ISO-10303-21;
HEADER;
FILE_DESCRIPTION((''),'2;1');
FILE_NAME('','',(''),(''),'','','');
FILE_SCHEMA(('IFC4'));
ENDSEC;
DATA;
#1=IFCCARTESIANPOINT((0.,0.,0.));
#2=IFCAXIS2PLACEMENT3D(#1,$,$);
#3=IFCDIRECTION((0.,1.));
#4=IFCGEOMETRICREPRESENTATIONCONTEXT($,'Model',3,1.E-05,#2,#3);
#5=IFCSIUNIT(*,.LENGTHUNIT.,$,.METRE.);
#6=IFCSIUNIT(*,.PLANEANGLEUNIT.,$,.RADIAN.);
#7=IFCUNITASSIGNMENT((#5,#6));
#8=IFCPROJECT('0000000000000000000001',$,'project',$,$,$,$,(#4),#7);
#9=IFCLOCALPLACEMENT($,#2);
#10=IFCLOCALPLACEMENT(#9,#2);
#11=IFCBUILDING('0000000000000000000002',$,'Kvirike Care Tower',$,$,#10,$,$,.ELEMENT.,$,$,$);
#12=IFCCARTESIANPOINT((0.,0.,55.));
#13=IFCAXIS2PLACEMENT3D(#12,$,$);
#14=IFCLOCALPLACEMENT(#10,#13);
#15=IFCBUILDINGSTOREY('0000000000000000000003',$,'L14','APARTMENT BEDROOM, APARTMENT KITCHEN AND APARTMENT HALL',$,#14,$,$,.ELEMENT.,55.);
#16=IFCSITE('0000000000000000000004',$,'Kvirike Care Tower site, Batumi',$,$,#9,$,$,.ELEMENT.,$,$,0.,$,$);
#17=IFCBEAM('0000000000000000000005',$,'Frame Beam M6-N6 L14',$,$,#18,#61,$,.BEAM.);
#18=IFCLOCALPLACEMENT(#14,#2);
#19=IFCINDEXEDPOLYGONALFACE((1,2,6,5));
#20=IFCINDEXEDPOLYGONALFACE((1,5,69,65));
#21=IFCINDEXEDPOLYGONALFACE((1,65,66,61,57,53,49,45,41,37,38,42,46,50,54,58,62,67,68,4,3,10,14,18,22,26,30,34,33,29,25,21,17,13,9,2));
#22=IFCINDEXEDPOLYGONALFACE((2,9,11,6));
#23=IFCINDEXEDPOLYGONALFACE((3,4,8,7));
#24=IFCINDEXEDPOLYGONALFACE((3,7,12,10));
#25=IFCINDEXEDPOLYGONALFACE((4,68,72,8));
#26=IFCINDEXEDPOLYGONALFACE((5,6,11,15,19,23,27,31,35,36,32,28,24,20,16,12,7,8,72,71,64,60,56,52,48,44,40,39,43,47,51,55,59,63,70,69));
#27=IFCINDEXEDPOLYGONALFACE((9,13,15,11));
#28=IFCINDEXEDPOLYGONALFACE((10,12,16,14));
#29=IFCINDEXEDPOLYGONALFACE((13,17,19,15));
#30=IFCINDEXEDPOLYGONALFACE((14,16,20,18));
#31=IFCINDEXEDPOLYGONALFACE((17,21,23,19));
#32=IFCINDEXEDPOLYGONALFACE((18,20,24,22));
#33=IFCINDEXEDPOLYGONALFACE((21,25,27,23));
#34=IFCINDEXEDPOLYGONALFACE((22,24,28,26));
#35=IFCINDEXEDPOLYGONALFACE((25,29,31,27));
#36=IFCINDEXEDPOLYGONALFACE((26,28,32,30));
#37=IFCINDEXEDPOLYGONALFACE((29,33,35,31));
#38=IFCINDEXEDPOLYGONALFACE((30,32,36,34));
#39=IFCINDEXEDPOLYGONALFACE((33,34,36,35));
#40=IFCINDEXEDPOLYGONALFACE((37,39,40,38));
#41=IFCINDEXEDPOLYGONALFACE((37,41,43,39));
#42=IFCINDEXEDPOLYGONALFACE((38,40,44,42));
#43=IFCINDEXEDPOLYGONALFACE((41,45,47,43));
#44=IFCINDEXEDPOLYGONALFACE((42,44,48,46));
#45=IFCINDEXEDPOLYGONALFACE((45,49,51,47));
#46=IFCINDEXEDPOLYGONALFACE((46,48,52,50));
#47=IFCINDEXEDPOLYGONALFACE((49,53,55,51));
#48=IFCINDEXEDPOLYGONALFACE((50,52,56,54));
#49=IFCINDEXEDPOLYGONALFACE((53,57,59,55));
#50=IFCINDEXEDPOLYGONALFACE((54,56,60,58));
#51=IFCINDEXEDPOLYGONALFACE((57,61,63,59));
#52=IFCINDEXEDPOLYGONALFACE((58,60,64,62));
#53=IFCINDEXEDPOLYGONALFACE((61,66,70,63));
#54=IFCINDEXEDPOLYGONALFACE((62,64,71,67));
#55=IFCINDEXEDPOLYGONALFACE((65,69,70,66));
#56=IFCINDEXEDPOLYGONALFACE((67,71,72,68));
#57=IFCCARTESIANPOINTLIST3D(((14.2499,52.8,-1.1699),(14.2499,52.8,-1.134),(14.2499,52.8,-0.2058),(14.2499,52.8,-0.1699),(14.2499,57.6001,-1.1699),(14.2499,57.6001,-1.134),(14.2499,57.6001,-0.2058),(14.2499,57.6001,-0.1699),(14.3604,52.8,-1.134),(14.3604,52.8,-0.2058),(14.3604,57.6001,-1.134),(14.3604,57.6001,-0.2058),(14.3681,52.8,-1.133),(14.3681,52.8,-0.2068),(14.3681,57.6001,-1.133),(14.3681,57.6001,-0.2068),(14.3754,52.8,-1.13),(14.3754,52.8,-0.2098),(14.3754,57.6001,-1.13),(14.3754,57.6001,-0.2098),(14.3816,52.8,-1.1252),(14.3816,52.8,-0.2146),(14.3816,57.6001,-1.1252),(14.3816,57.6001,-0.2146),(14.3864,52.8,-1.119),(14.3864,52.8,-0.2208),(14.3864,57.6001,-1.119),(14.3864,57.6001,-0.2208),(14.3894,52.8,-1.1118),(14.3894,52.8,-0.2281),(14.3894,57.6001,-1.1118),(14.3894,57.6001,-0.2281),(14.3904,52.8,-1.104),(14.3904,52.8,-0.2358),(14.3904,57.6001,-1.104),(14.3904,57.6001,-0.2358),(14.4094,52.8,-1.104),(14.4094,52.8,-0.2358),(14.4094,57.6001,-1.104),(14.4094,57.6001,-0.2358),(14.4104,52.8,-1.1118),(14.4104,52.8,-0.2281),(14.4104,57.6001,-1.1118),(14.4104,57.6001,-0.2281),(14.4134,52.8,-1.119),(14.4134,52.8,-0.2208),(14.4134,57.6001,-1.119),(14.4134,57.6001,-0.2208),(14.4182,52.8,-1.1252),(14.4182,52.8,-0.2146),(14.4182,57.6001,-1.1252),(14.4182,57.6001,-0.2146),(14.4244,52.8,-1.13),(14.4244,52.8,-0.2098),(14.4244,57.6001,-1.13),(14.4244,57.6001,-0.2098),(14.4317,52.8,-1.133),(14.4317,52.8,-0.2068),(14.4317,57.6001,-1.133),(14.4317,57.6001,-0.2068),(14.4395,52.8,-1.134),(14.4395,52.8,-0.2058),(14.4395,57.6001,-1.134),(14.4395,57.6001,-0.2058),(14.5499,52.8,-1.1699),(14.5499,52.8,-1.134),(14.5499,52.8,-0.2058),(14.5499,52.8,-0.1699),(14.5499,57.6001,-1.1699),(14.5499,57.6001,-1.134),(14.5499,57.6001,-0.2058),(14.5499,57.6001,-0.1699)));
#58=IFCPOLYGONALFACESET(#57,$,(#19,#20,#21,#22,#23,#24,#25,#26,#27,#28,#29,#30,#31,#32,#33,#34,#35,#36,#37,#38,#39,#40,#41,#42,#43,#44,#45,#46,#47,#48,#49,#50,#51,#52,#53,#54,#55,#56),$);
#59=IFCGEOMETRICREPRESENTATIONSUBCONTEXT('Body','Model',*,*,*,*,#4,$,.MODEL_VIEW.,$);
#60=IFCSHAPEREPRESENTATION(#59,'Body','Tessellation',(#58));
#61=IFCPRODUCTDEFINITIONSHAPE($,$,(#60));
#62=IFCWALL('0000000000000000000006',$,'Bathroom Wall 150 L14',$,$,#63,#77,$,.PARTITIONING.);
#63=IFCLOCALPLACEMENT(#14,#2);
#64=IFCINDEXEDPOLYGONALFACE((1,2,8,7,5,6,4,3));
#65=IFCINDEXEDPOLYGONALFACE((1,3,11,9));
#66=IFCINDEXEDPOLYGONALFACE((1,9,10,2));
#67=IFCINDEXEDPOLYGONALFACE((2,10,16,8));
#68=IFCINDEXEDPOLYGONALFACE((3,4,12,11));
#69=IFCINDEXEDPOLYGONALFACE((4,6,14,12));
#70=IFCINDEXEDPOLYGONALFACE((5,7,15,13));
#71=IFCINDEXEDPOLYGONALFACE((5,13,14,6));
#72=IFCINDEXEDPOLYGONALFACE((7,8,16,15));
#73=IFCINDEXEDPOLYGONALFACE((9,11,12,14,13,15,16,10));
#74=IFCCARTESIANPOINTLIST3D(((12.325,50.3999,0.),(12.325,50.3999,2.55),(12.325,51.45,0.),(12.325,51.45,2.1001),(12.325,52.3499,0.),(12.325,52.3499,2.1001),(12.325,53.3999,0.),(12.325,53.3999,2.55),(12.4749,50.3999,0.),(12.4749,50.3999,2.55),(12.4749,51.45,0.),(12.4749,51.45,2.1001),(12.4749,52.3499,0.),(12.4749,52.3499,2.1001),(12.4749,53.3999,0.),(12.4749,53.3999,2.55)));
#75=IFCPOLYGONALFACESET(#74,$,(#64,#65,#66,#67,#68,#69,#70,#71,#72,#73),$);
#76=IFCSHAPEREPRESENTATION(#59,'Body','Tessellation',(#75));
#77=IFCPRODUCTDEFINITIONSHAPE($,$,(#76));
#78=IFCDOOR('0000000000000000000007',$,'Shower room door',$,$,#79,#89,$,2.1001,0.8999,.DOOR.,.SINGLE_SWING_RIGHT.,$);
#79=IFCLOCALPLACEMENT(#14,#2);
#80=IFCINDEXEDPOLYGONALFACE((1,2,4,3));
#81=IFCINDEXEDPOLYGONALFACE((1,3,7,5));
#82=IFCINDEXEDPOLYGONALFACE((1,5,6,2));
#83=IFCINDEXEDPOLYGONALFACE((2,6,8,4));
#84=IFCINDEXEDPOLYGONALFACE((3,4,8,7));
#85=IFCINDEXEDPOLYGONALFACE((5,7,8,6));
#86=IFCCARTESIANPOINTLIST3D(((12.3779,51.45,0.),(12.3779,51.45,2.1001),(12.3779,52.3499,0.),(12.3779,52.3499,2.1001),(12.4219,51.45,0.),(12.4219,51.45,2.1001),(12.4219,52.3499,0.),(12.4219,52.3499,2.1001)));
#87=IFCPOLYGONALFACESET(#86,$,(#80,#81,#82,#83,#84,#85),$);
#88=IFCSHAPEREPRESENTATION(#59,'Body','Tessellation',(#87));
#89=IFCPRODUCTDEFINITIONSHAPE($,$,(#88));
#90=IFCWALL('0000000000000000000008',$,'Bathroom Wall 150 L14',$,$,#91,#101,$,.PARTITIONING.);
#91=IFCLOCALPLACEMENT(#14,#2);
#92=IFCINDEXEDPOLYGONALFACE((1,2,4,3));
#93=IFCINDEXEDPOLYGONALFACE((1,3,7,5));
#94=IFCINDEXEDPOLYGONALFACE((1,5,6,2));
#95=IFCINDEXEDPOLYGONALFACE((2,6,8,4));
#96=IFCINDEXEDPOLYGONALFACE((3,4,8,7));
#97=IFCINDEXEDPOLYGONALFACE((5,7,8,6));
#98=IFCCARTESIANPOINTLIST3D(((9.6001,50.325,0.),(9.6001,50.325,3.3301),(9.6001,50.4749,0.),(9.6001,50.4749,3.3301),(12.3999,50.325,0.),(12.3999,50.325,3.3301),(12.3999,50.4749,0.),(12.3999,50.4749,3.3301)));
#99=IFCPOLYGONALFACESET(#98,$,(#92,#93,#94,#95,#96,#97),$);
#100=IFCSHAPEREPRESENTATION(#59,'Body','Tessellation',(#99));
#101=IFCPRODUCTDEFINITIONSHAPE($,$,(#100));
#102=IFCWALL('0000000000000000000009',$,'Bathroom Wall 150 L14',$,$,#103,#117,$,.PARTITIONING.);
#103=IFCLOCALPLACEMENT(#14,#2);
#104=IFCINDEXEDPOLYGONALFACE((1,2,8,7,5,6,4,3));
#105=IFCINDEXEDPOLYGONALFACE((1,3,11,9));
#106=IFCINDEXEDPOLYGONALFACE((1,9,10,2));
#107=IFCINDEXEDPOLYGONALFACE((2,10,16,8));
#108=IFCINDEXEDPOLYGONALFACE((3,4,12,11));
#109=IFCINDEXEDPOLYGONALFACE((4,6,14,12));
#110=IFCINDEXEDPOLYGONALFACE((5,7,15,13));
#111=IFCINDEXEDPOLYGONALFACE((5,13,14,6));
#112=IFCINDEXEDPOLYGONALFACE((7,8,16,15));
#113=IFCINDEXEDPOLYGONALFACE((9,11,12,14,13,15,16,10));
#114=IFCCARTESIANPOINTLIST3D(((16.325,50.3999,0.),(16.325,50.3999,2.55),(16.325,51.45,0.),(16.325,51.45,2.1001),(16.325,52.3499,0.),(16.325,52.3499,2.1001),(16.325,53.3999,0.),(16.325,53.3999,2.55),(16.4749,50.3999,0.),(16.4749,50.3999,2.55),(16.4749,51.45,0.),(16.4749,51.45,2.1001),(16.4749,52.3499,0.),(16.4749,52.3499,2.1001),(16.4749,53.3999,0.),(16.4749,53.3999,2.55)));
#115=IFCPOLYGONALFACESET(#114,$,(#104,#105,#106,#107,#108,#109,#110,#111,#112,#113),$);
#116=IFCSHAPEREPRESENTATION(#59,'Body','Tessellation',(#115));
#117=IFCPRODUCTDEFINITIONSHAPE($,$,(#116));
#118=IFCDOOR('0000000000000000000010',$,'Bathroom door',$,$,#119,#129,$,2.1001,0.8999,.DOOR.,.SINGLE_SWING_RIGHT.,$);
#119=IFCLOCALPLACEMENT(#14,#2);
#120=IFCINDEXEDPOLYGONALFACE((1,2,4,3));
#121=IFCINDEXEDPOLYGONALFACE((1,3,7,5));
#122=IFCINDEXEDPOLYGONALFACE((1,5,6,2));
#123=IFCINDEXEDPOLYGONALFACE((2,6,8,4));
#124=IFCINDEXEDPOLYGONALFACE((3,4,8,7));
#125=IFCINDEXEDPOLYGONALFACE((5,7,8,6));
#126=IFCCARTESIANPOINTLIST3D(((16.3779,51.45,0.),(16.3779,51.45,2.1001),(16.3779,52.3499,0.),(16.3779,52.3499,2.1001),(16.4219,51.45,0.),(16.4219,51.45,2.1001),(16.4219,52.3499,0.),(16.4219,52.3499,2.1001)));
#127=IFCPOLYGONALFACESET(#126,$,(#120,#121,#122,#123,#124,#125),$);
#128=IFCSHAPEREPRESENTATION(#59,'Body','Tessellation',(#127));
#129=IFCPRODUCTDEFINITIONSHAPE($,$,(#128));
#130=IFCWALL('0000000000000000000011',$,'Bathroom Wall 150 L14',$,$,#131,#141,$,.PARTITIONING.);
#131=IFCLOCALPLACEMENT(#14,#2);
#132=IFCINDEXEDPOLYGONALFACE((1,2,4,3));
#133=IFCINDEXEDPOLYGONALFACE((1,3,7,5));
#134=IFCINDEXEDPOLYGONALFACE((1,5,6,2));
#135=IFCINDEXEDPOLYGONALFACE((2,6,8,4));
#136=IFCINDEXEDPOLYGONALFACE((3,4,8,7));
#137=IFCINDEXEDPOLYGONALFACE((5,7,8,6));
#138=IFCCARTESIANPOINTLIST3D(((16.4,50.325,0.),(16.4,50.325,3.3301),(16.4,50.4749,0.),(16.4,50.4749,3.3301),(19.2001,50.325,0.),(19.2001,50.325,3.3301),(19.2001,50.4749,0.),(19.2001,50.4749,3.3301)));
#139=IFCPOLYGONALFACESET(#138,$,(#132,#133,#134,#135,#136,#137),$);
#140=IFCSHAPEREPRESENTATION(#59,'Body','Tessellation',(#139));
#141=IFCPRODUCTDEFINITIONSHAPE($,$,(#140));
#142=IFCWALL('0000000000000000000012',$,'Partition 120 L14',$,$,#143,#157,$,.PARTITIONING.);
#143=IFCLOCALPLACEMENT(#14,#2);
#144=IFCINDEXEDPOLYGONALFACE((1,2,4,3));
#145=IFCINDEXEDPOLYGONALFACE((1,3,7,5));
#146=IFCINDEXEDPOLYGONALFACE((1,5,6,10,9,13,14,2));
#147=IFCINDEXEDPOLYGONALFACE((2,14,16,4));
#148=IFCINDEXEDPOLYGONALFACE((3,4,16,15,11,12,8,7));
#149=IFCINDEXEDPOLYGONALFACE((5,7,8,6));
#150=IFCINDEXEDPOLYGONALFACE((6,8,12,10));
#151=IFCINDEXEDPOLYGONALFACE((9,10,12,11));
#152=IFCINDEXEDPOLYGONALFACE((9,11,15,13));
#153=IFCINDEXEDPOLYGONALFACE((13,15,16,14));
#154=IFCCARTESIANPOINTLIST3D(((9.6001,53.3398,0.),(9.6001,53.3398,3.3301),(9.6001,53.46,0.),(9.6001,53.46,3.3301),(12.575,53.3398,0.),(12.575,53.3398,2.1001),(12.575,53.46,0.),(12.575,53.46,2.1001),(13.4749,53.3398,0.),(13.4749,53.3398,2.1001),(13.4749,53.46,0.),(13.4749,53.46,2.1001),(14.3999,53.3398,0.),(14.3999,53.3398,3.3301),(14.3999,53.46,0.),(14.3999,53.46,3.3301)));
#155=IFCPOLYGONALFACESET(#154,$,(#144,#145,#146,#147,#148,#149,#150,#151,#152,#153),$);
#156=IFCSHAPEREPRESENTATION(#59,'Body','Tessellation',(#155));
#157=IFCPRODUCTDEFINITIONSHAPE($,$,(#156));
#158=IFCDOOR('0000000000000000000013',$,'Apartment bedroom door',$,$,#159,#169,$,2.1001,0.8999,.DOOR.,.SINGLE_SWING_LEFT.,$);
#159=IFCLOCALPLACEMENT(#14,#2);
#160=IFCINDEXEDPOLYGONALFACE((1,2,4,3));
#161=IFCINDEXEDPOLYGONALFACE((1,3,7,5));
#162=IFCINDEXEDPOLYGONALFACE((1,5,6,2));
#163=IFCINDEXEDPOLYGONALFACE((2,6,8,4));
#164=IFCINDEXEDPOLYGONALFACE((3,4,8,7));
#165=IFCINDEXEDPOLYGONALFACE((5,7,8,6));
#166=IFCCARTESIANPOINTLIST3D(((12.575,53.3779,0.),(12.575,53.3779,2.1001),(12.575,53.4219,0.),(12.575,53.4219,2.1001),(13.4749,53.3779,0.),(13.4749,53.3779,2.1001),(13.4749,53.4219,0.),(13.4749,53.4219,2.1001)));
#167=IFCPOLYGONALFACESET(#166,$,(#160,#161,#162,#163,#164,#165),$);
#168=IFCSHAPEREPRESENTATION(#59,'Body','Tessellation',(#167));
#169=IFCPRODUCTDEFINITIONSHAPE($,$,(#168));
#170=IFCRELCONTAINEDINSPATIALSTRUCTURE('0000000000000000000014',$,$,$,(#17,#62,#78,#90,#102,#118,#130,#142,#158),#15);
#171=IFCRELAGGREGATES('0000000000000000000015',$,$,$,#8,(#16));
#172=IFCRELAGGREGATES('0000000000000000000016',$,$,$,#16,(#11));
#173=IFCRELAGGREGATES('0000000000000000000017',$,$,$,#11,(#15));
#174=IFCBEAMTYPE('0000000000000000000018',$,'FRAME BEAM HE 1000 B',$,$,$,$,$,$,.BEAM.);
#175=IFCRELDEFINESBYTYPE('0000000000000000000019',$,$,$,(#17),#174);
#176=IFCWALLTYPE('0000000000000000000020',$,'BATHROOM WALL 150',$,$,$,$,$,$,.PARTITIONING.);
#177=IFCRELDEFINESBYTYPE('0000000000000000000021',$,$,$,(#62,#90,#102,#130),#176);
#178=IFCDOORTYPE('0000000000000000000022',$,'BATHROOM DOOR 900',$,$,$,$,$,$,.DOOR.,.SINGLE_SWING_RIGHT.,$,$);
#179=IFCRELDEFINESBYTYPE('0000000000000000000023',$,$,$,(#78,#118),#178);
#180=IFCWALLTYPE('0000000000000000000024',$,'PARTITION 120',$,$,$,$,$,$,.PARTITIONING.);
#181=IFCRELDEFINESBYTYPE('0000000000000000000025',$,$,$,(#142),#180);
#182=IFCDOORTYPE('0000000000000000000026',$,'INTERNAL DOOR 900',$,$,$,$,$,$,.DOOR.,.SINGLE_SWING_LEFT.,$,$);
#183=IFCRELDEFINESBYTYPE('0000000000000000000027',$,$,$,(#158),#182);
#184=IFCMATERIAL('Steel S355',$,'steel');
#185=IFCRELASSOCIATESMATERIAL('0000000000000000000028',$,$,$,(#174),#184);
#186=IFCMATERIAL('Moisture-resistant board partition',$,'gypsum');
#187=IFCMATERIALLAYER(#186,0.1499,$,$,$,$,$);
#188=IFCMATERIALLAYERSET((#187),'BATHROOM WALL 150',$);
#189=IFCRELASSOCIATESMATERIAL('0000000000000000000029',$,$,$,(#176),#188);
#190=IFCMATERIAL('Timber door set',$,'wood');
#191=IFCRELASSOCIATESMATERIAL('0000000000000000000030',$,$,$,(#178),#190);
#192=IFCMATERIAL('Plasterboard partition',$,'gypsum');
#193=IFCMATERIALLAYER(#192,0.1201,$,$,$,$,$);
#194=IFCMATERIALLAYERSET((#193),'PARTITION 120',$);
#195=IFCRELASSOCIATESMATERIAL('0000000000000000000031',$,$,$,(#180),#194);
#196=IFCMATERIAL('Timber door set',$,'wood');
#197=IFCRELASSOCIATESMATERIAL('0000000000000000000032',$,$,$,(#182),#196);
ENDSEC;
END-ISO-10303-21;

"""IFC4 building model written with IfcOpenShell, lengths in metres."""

from ifc_helpers import new_model, si_unit, direction, frame, frame_2d, origin, origin_2d, place, context, subcontext, project, spatial, rectangle, i_section, extrude, material, layer, layer_set, material_profile, profile_set, type_object, element, fill, save


model = new_model("IFC4")

# Units and contexts
model_context = context("Model", 3, precision=1e-05, world=origin(), true_north=direction((0.0, 1.0)))
body_context = subcontext(model_context, "Body", "Model", "MODEL_VIEW")
ifc_project = project(units=[si_unit("LENGTHUNIT", "METRE"), si_unit("PLANEANGLEUNIT", "RADIAN")], contexts=[model_context])

# Site, building, storey
site_placement = place(None, origin())
site = spatial("IfcSite", under=ifc_project, at=site_placement, Name="Kvirike Care Tower site, Batumi", CompositionType="ELEMENT", RefElevation=0.0)
building_placement = place(site_placement, origin())
building = spatial("IfcBuilding", under=site, at=building_placement, Name="Kvirike Care Tower", CompositionType="ELEMENT")
storey_placement = place(building_placement, frame((0.0, 0.0, 55.0)))
storey = spatial("IfcBuildingStorey", under=building, at=storey_placement, Name="L14", Description="APARTMENT BEDROOM, APARTMENT KITCHEN AND APARTMENT HALL", CompositionType="ELEMENT", Elevation=55.0)

# Beam
ifc_material_1 = material(Name="Steel S355", Category="steel")
ifc_material_profile_1 = material_profile(ifc_material_1, i_section(OverallWidth=0.3, OverallDepth=1.0, WebThickness=0.019, FlangeThickness=0.0359, FilletRadius=0.03, at=origin_2d()), Name="HE 1000 B")
ifc_profile_set_1 = profile_set([ifc_material_profile_1], Name="Steel S355")
beam_type_1 = type_object("IfcBeamType", Name="FRAME BEAM HE 1000 B", PredefinedType="BEAM", material=ifc_profile_set_1)
for number, where, z_axis, x_axis, name in (
    (1, (14.3999, 52.8, -0.6699), (0.0, 1.0, 0.0), (-1.0, 0.0, 0.0), "Frame Beam M6-N6 L14"),
):
    element("IfcBeam", number, at=place(storey_placement, frame(where, z_axis=z_axis, x_axis=x_axis)), inside=storey, type_object=beam_type_1, Name=name, PredefinedType="BEAM", context=body_context, shape_type="SweptSolid", body=[
        extrude(i_section(OverallWidth=0.3, OverallDepth=1.0, WebThickness=0.019, FlangeThickness=0.0359, FilletRadius=0.03, at=origin_2d()), origin(), (0.0, 0.0, 1.0), 4.8),
    ])

# Wall, opening, door
ifc_material_2 = material(Name="Moisture-resistant board partition", Category="gypsum")
ifc_layer_1 = layer(ifc_material_2, 0.1499)
ifc_layer_set_1 = layer_set([ifc_layer_1], Name="BATHROOM WALL 150")
wall_type_1 = type_object("IfcWallType", Name="BATHROOM WALL 150", PredefinedType="PARTITIONING", material=ifc_layer_set_1)
wall_1_placement = place(storey_placement, frame((12.3999, 53.3999, 0.0), z_axis=(0.0, 0.0, 1.0), x_axis=(0.0, -1.0, 0.0)))
wall_1 = element("IfcWall", 2, at=wall_1_placement, inside=storey, type_object=wall_type_1, Name="Bathroom Wall 150 L14", PredefinedType="PARTITIONING", context=body_context, shape_type="SweptSolid", body=[
    extrude(rectangle(XDim=3.0, YDim=0.1499, at=frame_2d((1.5, 0.0))), origin(), (0.0, 0.0, 1.0), 2.55),
])
opening_1_placement = place(wall_1_placement, frame((1.05, 0.0, 0.0)))
opening_1 = element("IfcOpeningElement", 3, at=opening_1_placement, cuts=wall_1, PredefinedType="OPENING", context=body_context, shape_type="SweptSolid", body=[
    extrude(rectangle(XDim=0.8999, YDim=2.1001, at=frame_2d((0.45, 1.05))), frame((0.0, 0.0854, 0.0), z_axis=(0.0, -1.0, 0.0), x_axis=(1.0, 0.0, 0.0)), (0.0, 0.0, 1.0), 0.1709),
])
ifc_material_3 = material(Name="Timber door set", Category="wood")
door_type_1 = type_object("IfcDoorType", Name="BATHROOM DOOR 900", OperationType="SINGLE_SWING_RIGHT", PredefinedType="DOOR", material=ifc_material_3)
door_1_placement = place(opening_1_placement, frame((0.8999, 0.0, 0.0), z_axis=(0.0, 0.0, 1.0), x_axis=(-1.0, 0.0, 0.0)))
door_1 = element("IfcDoor", 4, at=door_1_placement, inside=storey, type_object=door_type_1, Name="Shower room door", OperationType="SINGLE_SWING_RIGHT", OverallHeight=2.1001, OverallWidth=0.8999, PredefinedType="DOOR", context=body_context, shape_type="SweptSolid", body=[
    extrude(rectangle(XDim=0.8999, YDim=2.1001, at=frame_2d((0.45, 1.05))), frame((0.0, 0.022, 0.0), z_axis=(0.0, -1.0, 0.0), x_axis=(1.0, 0.0, 0.0)), (0.0, 0.0, 1.0), 0.0439),
])
fill(opening_1, door_1)

# Wall
wall_2_placement = place(storey_placement, frame((12.3999, 50.3999, 0.0), z_axis=(0.0, 0.0, 1.0), x_axis=(-1.0, 0.0, 0.0)))
element("IfcWall", 5, at=wall_2_placement, inside=storey, type_object=wall_type_1, Name="Bathroom Wall 150 L14", PredefinedType="PARTITIONING", context=body_context, shape_type="SweptSolid", body=[
    extrude(rectangle(XDim=2.7998, YDim=0.1499, at=frame_2d((1.3999, 0.0))), origin(), (0.0, 0.0, 1.0), 3.3301),
])

# Wall, opening, door
wall_3_placement = place(storey_placement, frame((16.3999, 53.3999, 0.0), z_axis=(0.0, 0.0, 1.0), x_axis=(0.0, -1.0, 0.0)))
wall_3 = element("IfcWall", 6, at=wall_3_placement, inside=storey, type_object=wall_type_1, Name="Bathroom Wall 150 L14", PredefinedType="PARTITIONING", context=body_context, shape_type="SweptSolid", body=[
    extrude(rectangle(XDim=3.0, YDim=0.1499, at=frame_2d((1.5, 0.0))), origin(), (0.0, 0.0, 1.0), 2.55),
])
opening_2_placement = place(wall_3_placement, frame((1.05, 0.0, 0.0)))
opening_2 = element("IfcOpeningElement", 7, at=opening_2_placement, cuts=wall_3, PredefinedType="OPENING", context=body_context, shape_type="SweptSolid", body=[
    extrude(rectangle(XDim=0.8999, YDim=2.1001, at=frame_2d((0.45, 1.05))), frame((0.0, 0.0854, 0.0), z_axis=(0.0, -1.0, 0.0), x_axis=(1.0, 0.0, 0.0)), (0.0, 0.0, 1.0), 0.1709),
])
door_2_placement = place(opening_2_placement, origin())
door_2 = element("IfcDoor", 8, at=door_2_placement, inside=storey, type_object=door_type_1, Name="Bathroom door", OperationType="SINGLE_SWING_RIGHT", OverallHeight=2.1001, OverallWidth=0.8999, PredefinedType="DOOR", context=body_context, shape_type="SweptSolid", body=[
    extrude(rectangle(XDim=0.8999, YDim=2.1001, at=frame_2d((0.45, 1.05))), frame((0.0, 0.022, 0.0), z_axis=(0.0, -1.0, 0.0), x_axis=(1.0, 0.0, 0.0)), (0.0, 0.0, 1.0), 0.0439),
])
fill(opening_2, door_2)

# Wall
wall_4_placement = place(storey_placement, frame((19.2, 50.3999, 0.0), z_axis=(0.0, 0.0, 1.0), x_axis=(-1.0, 0.0, 0.0)))
element("IfcWall", 9, at=wall_4_placement, inside=storey, type_object=wall_type_1, Name="Bathroom Wall 150 L14", PredefinedType="PARTITIONING", context=body_context, shape_type="SweptSolid", body=[
    extrude(rectangle(XDim=2.8, YDim=0.1499, at=frame_2d((1.3999, 0.0))), origin(), (0.0, 0.0, 1.0), 3.3301),
])

# Wall, opening, door
ifc_material_4 = material(Name="Plasterboard partition", Category="gypsum")
ifc_layer_2 = layer(ifc_material_4, 0.1201)
ifc_layer_set_2 = layer_set([ifc_layer_2], Name="PARTITION 120")
wall_type_2 = type_object("IfcWallType", Name="PARTITION 120", PredefinedType="PARTITIONING", material=ifc_layer_set_2)
wall_5_placement = place(storey_placement, frame((14.3999, 53.3999, 0.0), z_axis=(0.0, 0.0, 1.0), x_axis=(-1.0, 0.0, 0.0)))
wall_5 = element("IfcWall", 10, at=wall_5_placement, inside=storey, type_object=wall_type_2, Name="Partition 120 L14", PredefinedType="PARTITIONING", context=body_context, shape_type="SweptSolid", body=[
    extrude(rectangle(XDim=4.7998, YDim=0.1201, at=frame_2d((2.3999, 0.0))), origin(), (0.0, 0.0, 1.0), 3.3301),
])
opening_3_placement = place(wall_5_placement, frame((0.925, 0.0, 0.0)))
opening_3 = element("IfcOpeningElement", 11, at=opening_3_placement, cuts=wall_5, PredefinedType="OPENING", context=body_context, shape_type="SweptSolid", body=[
    extrude(rectangle(XDim=0.8999, YDim=2.1001, at=frame_2d((0.45, 1.05))), frame((0.0, 0.0706, 0.0), z_axis=(0.0, -1.0, 0.0), x_axis=(1.0, 0.0, 0.0)), (0.0, 0.0, 1.0), 0.1411),
])
ifc_material_5 = material(Name="Timber door set", Category="wood")
door_type_2 = type_object("IfcDoorType", Name="INTERNAL DOOR 900", OperationType="SINGLE_SWING_LEFT", PredefinedType="DOOR", material=ifc_material_5)
door_3_placement = place(opening_3_placement, frame((0.8999, 0.0, 0.0), z_axis=(0.0, 0.0, 1.0), x_axis=(-1.0, 0.0, 0.0)))
door_3 = element("IfcDoor", 12, at=door_3_placement, inside=storey, type_object=door_type_2, Name="Apartment bedroom door", OperationType="SINGLE_SWING_LEFT", OverallHeight=2.1001, OverallWidth=0.8999, PredefinedType="DOOR", context=body_context, shape_type="SweptSolid", body=[
    extrude(rectangle(XDim=0.8999, YDim=2.1001, at=frame_2d((0.45, 1.05))), frame((0.0, 0.022, 0.0), z_axis=(0.0, -1.0, 0.0), x_axis=(1.0, 0.0, 0.0)), (0.0, 0.0, 1.0), 0.0439),
])
fill(opening_3, door_3)

save(model, "model.ifc")
